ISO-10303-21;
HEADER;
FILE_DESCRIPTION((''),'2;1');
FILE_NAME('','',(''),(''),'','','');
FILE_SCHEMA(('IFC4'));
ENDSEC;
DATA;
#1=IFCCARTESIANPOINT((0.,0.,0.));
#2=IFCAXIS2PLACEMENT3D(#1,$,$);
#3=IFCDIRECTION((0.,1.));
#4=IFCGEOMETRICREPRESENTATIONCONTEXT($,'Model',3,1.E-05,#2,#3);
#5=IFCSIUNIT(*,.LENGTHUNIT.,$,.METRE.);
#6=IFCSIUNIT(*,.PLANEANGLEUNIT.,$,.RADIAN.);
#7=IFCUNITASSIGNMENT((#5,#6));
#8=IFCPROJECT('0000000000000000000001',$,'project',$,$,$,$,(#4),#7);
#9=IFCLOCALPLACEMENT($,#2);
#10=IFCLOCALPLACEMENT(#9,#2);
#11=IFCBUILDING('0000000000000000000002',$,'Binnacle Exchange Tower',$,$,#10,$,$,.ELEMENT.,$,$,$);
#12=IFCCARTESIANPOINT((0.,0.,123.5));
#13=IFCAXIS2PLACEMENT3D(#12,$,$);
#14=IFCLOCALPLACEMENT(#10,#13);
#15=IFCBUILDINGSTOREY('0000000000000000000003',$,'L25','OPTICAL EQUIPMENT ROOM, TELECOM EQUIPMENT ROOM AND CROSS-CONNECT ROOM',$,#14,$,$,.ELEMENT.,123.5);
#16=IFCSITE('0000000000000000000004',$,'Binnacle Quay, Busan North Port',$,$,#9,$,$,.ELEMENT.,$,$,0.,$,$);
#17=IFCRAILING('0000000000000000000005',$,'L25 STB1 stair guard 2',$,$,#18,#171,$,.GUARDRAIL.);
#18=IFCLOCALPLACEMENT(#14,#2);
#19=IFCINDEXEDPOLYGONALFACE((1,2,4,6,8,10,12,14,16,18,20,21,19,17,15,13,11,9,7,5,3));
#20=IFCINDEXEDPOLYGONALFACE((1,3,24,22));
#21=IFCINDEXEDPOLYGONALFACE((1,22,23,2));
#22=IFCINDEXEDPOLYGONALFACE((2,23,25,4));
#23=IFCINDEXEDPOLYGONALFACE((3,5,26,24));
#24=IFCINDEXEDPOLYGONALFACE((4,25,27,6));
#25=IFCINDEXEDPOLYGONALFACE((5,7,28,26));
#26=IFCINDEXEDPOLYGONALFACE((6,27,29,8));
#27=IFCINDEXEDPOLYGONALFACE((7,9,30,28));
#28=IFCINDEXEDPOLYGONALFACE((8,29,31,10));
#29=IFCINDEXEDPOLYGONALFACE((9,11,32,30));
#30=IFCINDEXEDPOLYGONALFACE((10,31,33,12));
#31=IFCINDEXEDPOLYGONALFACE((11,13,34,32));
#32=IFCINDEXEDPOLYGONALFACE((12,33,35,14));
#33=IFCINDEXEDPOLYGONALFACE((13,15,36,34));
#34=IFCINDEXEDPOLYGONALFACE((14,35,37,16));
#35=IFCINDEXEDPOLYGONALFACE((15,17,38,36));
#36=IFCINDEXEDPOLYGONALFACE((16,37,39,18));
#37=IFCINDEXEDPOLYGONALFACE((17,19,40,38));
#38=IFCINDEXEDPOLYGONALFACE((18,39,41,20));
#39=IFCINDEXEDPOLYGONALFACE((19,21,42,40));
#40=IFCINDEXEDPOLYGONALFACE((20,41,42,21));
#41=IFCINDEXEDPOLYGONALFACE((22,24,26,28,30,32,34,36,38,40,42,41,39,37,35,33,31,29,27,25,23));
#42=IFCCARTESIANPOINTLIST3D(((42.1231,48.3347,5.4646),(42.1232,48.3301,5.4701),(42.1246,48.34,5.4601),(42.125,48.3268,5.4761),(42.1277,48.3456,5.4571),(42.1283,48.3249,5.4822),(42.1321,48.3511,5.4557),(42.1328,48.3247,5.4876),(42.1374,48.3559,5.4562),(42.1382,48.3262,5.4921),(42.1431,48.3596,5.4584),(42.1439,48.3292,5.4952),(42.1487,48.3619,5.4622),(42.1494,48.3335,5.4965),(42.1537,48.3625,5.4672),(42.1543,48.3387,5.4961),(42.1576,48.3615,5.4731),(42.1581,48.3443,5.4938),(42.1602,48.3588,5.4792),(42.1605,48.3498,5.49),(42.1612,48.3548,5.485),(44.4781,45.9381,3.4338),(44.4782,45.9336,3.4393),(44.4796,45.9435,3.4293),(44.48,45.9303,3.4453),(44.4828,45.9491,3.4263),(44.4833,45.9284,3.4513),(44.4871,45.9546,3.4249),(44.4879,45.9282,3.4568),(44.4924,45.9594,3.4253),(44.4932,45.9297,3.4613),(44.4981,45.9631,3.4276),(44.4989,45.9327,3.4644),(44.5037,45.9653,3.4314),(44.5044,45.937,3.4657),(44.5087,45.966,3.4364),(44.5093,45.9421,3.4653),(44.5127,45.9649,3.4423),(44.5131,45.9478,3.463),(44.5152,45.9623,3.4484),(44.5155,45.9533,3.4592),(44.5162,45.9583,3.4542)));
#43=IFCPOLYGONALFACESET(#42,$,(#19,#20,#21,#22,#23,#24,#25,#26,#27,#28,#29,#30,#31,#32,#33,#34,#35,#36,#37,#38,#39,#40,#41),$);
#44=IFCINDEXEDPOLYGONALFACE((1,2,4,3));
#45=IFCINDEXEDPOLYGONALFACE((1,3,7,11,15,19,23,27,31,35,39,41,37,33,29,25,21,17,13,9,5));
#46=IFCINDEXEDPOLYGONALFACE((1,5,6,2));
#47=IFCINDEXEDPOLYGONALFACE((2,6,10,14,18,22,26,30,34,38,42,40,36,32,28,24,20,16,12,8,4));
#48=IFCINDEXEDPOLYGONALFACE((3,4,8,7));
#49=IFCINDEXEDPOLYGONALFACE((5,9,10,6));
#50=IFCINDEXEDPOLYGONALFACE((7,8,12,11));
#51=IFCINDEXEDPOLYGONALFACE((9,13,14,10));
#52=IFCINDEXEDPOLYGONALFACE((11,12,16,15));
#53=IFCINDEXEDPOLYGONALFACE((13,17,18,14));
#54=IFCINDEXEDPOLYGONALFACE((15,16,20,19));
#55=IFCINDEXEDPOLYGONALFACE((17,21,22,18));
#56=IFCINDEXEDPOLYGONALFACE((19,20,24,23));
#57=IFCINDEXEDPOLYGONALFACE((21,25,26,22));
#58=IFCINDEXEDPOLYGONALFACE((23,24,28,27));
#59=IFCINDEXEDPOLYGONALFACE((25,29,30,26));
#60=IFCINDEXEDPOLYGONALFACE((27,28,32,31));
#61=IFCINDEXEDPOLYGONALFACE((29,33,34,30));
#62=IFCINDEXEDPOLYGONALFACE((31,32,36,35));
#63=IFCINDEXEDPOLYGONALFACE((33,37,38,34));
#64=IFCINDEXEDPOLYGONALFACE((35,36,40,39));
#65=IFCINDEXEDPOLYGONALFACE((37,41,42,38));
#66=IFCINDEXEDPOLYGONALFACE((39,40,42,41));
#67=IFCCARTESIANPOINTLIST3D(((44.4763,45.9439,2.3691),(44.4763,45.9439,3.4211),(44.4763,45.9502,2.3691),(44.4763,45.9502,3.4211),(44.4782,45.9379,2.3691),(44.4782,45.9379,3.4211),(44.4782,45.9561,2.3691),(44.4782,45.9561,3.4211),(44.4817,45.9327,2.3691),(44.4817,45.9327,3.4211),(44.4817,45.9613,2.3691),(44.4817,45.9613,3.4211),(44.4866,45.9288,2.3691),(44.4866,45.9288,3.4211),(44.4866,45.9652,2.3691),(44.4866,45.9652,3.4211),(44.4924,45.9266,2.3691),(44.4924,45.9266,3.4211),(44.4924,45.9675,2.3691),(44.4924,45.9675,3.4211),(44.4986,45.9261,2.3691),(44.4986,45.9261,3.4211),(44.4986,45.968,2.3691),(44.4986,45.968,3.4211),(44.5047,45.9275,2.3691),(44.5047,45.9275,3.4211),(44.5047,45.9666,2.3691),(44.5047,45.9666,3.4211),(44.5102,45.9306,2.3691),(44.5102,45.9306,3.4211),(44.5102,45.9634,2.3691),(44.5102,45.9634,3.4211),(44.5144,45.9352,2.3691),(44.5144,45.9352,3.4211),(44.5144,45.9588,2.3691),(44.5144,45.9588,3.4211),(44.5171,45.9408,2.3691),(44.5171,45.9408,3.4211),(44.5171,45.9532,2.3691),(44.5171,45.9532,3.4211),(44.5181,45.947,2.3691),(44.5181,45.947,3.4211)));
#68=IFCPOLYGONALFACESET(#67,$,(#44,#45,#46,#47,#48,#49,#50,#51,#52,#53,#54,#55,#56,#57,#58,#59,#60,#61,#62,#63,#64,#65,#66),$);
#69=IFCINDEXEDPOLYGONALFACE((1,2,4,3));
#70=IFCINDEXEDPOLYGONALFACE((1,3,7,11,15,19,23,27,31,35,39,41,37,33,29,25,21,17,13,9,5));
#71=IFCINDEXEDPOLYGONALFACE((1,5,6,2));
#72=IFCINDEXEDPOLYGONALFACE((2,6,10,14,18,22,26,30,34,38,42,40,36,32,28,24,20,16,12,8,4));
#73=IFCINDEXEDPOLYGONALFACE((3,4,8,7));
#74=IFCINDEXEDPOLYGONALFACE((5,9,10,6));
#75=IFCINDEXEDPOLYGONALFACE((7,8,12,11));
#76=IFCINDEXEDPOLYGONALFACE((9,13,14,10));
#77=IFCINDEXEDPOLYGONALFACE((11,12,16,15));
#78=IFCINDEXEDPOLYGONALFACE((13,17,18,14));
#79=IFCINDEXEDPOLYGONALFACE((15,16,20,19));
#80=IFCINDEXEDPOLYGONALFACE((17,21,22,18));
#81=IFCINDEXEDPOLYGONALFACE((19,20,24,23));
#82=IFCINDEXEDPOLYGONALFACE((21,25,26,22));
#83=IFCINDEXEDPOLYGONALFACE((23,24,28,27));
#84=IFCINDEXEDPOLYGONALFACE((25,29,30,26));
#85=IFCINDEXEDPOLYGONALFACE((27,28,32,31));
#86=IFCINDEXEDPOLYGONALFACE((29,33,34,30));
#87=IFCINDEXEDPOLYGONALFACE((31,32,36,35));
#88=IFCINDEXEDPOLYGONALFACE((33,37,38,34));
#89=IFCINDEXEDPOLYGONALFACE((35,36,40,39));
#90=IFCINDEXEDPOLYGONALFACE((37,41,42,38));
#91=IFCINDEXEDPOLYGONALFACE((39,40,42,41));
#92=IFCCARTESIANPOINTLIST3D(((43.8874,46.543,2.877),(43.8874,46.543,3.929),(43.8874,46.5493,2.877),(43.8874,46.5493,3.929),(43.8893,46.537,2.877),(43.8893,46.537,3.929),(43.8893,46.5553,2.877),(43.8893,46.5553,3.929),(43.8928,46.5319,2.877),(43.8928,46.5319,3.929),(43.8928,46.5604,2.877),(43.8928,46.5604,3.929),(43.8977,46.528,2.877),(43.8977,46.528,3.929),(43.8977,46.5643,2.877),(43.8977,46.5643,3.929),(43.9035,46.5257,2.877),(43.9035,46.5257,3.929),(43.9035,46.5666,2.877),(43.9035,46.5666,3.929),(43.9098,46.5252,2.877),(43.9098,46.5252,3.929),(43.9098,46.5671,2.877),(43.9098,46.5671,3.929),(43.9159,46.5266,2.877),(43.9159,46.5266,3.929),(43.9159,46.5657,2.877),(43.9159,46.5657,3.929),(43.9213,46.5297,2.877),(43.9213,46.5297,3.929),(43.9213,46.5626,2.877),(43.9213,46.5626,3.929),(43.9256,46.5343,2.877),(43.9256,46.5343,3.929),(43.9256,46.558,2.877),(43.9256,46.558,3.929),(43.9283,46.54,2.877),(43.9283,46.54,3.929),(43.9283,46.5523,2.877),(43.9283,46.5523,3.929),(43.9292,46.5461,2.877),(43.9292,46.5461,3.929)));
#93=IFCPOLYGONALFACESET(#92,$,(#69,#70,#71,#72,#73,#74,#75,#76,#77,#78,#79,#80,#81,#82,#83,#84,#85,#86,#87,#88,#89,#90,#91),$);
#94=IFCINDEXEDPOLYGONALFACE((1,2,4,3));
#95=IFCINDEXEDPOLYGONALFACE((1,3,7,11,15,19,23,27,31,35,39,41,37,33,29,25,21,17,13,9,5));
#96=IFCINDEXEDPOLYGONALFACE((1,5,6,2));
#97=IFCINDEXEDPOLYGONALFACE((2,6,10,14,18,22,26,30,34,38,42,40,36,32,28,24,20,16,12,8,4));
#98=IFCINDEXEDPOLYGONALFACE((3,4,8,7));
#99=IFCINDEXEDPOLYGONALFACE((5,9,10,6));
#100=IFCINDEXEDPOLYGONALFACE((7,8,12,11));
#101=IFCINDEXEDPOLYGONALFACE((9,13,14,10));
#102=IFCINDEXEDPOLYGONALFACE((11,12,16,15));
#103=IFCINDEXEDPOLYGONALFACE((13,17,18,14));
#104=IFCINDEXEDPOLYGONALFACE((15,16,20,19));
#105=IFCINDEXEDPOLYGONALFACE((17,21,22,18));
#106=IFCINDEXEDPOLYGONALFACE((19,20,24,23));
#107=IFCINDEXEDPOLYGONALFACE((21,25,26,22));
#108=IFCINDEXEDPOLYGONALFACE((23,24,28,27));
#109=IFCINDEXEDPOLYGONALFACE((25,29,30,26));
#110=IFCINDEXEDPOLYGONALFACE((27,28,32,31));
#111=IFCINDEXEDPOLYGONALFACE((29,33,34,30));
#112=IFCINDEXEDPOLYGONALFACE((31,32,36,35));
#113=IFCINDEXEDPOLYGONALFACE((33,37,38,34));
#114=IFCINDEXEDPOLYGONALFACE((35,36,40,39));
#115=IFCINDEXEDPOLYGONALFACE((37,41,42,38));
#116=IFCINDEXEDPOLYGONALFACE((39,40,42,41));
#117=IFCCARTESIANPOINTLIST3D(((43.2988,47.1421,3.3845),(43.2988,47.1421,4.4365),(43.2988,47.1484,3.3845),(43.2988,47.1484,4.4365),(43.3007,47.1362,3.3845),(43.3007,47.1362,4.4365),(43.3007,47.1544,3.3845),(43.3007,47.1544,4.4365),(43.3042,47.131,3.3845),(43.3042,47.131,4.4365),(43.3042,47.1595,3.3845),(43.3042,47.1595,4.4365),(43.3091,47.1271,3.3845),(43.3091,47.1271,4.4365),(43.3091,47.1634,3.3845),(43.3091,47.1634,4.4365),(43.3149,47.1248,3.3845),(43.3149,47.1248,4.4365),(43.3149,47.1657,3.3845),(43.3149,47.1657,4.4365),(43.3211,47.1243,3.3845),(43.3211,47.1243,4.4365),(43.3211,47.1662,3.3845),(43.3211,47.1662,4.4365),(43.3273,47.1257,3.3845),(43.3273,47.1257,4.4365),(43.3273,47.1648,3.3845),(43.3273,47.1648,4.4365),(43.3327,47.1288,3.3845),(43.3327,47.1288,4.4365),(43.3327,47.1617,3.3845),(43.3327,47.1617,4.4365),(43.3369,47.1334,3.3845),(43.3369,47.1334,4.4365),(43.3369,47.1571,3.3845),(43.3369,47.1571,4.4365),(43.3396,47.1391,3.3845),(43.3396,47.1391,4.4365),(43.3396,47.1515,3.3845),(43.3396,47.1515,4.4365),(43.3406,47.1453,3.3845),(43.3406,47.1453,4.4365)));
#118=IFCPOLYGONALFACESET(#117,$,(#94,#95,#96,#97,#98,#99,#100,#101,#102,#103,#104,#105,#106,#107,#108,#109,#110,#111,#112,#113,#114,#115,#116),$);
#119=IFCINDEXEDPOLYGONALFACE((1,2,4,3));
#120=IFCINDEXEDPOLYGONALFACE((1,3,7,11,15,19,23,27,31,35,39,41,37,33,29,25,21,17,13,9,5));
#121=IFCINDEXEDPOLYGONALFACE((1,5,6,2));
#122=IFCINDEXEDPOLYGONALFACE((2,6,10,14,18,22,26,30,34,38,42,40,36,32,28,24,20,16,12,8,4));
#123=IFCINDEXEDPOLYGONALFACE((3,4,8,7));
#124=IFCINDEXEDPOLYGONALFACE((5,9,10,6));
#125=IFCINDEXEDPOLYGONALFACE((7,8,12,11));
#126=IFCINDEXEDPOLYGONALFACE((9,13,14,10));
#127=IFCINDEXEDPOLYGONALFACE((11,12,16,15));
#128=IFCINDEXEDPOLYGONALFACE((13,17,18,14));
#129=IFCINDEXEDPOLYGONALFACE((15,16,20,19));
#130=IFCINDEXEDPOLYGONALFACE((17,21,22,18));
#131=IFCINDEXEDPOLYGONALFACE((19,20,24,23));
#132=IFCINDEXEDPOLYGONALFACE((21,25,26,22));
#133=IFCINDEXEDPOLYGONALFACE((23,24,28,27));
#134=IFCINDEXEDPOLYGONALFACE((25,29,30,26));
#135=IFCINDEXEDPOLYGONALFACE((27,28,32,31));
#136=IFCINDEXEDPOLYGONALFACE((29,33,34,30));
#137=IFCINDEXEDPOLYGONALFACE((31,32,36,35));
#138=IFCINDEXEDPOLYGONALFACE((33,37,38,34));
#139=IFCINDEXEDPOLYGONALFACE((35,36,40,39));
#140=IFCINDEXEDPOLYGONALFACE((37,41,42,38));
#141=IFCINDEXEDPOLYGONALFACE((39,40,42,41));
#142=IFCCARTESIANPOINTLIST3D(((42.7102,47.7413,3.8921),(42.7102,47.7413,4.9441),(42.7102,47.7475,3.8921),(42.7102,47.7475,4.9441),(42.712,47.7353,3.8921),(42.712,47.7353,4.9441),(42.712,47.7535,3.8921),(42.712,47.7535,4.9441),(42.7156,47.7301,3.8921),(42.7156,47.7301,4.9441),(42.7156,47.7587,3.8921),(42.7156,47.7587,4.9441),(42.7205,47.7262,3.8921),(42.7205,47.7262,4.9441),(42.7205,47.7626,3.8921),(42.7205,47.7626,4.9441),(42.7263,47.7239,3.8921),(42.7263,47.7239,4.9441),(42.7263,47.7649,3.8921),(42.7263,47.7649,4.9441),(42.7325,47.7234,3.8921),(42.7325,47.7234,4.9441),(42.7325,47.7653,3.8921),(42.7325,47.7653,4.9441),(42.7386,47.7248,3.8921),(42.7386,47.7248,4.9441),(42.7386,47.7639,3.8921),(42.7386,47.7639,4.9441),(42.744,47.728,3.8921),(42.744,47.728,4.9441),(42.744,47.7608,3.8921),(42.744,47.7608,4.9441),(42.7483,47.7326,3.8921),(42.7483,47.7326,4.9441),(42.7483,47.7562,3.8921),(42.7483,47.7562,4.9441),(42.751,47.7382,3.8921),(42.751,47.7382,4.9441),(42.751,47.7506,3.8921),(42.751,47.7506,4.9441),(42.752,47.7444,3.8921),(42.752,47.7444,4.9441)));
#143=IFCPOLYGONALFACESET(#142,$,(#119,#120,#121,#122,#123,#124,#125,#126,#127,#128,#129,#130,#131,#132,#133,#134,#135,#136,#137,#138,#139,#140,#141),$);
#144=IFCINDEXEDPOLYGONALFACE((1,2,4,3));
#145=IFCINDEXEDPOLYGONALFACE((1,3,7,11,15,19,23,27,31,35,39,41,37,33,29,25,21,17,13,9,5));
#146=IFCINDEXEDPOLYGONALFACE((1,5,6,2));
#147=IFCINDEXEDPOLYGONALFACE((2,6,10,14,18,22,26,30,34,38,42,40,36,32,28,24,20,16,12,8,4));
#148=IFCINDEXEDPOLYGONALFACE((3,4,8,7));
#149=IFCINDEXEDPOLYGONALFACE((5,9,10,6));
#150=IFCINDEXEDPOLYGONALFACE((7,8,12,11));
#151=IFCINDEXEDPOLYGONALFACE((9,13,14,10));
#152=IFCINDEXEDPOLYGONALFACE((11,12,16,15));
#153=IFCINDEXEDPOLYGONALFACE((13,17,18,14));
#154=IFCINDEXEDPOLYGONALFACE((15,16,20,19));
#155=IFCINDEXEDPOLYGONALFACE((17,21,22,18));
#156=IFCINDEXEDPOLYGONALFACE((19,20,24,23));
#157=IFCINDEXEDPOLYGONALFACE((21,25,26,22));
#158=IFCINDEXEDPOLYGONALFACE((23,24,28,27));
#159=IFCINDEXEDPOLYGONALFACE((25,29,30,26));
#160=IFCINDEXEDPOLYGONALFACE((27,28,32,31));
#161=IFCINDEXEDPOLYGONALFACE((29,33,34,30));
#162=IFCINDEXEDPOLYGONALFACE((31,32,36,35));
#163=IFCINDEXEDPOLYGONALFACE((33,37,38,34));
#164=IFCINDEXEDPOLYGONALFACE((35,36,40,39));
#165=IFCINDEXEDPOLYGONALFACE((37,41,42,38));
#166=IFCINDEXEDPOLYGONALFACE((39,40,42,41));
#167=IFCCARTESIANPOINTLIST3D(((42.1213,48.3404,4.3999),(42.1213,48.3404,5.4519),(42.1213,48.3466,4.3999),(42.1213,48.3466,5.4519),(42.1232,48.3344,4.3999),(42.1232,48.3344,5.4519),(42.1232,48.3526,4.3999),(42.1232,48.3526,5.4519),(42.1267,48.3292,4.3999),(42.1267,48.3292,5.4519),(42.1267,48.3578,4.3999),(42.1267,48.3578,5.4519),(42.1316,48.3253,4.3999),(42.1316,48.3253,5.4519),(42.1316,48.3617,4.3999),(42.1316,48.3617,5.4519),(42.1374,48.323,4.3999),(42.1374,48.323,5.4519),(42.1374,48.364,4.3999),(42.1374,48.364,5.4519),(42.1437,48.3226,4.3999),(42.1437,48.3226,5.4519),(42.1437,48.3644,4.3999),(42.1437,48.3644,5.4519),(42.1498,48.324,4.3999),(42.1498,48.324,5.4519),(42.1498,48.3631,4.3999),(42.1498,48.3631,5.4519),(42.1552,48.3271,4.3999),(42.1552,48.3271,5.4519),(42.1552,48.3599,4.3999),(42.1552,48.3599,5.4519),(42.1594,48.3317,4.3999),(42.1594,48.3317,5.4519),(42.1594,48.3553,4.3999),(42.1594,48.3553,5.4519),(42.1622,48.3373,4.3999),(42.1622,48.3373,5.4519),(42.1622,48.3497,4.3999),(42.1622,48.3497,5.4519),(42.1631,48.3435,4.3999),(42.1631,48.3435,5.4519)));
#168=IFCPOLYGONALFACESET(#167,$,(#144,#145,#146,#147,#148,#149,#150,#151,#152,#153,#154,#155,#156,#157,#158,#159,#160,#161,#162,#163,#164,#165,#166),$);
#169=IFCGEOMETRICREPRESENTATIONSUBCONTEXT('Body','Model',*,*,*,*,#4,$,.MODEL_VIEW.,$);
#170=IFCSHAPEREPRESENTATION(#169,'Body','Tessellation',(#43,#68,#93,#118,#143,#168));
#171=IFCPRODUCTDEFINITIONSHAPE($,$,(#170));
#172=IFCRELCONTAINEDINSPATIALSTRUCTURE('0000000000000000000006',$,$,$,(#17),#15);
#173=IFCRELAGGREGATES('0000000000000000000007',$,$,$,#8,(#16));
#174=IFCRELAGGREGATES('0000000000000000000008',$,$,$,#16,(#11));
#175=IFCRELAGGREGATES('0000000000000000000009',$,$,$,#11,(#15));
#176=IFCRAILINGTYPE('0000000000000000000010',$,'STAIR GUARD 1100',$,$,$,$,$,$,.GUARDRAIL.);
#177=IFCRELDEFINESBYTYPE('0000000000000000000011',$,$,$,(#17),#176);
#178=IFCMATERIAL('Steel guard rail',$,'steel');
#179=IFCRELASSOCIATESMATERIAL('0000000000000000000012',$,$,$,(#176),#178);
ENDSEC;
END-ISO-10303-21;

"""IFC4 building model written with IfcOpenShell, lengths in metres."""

from ifc_helpers import new_model, si_unit, direction, frame, origin, origin_2d, place, context, subcontext, project, spatial, circle, extrude, material, type_object, element, save


model = new_model("IFC4")

# Units and contexts
model_context = context("Model", 3, precision=1e-05, world=origin(), true_north=direction((0.0, 1.0)))
body_context = subcontext(model_context, "Body", "Model", "MODEL_VIEW")
ifc_project = project(units=[si_unit("LENGTHUNIT", "METRE"), si_unit("PLANEANGLEUNIT", "RADIAN")], contexts=[model_context])

# Site, building, storey
site_placement = place(None, origin())
site = spatial("IfcSite", under=ifc_project, at=site_placement, Name="Binnacle Quay, Busan North Port", CompositionType="ELEMENT", RefElevation=0.0)
building_placement = place(site_placement, origin())
building = spatial("IfcBuilding", under=site, at=building_placement, Name="Binnacle Exchange Tower", CompositionType="ELEMENT")
storey_placement = place(building_placement, frame((0.0, 0.0, 123.5)))
storey = spatial("IfcBuildingStorey", under=building, at=storey_placement, Name="L25", Description="OPTICAL EQUIPMENT ROOM, TELECOM EQUIPMENT ROOM AND CROSS-CONNECT ROOM", CompositionType="ELEMENT", Elevation=123.5)

# Railing
ifc_material_1 = material(Name="Steel guard rail", Category="steel")
railing_type_1 = type_object("IfcRailingType", Name="STAIR GUARD 1100", PredefinedType="GUARDRAIL", material=ifc_material_1)
railing_1_placement = place(storey_placement, frame((44.4971, 45.947, 2.3691)))
element("IfcRailing", 1, at=railing_1_placement, inside=storey, type_object=railing_type_1, Name="L25 STB1 stair guard 2", PredefinedType="GUARDRAIL", context=body_context, shape_type="SweptSolid", body=[
    extrude(circle(Radius=0.0239, at=origin_2d()), frame((0.0, 0.0, 1.0762), z_axis=(-0.59985, 0.610422, 0.517267), x_axis=(-0.713256, -0.700903, 0.0)), (0.0, 0.0, 1.0), 3.926),
    extrude(circle(Radius=0.021, at=origin_2d()), origin(), (0.0, 0.0, 1.0), 1.052),
    extrude(circle(Radius=0.021, at=origin_2d()), frame((-0.5889, 0.5991, 0.5078)), (0.0, 0.0, 1.0), 1.052),
    extrude(circle(Radius=0.021, at=origin_2d()), frame((-1.1775, 1.1982, 1.0154)), (0.0, 0.0, 1.0), 1.052),
    extrude(circle(Radius=0.021, at=origin_2d()), frame((-1.7661, 1.7974, 1.5229)), (0.0, 0.0, 1.0), 1.052),
    extrude(circle(Radius=0.021, at=origin_2d()), frame((-2.355, 2.3965, 2.0308)), (0.0, 0.0, 1.0), 1.052),
])

save(model, "model.ifc")
